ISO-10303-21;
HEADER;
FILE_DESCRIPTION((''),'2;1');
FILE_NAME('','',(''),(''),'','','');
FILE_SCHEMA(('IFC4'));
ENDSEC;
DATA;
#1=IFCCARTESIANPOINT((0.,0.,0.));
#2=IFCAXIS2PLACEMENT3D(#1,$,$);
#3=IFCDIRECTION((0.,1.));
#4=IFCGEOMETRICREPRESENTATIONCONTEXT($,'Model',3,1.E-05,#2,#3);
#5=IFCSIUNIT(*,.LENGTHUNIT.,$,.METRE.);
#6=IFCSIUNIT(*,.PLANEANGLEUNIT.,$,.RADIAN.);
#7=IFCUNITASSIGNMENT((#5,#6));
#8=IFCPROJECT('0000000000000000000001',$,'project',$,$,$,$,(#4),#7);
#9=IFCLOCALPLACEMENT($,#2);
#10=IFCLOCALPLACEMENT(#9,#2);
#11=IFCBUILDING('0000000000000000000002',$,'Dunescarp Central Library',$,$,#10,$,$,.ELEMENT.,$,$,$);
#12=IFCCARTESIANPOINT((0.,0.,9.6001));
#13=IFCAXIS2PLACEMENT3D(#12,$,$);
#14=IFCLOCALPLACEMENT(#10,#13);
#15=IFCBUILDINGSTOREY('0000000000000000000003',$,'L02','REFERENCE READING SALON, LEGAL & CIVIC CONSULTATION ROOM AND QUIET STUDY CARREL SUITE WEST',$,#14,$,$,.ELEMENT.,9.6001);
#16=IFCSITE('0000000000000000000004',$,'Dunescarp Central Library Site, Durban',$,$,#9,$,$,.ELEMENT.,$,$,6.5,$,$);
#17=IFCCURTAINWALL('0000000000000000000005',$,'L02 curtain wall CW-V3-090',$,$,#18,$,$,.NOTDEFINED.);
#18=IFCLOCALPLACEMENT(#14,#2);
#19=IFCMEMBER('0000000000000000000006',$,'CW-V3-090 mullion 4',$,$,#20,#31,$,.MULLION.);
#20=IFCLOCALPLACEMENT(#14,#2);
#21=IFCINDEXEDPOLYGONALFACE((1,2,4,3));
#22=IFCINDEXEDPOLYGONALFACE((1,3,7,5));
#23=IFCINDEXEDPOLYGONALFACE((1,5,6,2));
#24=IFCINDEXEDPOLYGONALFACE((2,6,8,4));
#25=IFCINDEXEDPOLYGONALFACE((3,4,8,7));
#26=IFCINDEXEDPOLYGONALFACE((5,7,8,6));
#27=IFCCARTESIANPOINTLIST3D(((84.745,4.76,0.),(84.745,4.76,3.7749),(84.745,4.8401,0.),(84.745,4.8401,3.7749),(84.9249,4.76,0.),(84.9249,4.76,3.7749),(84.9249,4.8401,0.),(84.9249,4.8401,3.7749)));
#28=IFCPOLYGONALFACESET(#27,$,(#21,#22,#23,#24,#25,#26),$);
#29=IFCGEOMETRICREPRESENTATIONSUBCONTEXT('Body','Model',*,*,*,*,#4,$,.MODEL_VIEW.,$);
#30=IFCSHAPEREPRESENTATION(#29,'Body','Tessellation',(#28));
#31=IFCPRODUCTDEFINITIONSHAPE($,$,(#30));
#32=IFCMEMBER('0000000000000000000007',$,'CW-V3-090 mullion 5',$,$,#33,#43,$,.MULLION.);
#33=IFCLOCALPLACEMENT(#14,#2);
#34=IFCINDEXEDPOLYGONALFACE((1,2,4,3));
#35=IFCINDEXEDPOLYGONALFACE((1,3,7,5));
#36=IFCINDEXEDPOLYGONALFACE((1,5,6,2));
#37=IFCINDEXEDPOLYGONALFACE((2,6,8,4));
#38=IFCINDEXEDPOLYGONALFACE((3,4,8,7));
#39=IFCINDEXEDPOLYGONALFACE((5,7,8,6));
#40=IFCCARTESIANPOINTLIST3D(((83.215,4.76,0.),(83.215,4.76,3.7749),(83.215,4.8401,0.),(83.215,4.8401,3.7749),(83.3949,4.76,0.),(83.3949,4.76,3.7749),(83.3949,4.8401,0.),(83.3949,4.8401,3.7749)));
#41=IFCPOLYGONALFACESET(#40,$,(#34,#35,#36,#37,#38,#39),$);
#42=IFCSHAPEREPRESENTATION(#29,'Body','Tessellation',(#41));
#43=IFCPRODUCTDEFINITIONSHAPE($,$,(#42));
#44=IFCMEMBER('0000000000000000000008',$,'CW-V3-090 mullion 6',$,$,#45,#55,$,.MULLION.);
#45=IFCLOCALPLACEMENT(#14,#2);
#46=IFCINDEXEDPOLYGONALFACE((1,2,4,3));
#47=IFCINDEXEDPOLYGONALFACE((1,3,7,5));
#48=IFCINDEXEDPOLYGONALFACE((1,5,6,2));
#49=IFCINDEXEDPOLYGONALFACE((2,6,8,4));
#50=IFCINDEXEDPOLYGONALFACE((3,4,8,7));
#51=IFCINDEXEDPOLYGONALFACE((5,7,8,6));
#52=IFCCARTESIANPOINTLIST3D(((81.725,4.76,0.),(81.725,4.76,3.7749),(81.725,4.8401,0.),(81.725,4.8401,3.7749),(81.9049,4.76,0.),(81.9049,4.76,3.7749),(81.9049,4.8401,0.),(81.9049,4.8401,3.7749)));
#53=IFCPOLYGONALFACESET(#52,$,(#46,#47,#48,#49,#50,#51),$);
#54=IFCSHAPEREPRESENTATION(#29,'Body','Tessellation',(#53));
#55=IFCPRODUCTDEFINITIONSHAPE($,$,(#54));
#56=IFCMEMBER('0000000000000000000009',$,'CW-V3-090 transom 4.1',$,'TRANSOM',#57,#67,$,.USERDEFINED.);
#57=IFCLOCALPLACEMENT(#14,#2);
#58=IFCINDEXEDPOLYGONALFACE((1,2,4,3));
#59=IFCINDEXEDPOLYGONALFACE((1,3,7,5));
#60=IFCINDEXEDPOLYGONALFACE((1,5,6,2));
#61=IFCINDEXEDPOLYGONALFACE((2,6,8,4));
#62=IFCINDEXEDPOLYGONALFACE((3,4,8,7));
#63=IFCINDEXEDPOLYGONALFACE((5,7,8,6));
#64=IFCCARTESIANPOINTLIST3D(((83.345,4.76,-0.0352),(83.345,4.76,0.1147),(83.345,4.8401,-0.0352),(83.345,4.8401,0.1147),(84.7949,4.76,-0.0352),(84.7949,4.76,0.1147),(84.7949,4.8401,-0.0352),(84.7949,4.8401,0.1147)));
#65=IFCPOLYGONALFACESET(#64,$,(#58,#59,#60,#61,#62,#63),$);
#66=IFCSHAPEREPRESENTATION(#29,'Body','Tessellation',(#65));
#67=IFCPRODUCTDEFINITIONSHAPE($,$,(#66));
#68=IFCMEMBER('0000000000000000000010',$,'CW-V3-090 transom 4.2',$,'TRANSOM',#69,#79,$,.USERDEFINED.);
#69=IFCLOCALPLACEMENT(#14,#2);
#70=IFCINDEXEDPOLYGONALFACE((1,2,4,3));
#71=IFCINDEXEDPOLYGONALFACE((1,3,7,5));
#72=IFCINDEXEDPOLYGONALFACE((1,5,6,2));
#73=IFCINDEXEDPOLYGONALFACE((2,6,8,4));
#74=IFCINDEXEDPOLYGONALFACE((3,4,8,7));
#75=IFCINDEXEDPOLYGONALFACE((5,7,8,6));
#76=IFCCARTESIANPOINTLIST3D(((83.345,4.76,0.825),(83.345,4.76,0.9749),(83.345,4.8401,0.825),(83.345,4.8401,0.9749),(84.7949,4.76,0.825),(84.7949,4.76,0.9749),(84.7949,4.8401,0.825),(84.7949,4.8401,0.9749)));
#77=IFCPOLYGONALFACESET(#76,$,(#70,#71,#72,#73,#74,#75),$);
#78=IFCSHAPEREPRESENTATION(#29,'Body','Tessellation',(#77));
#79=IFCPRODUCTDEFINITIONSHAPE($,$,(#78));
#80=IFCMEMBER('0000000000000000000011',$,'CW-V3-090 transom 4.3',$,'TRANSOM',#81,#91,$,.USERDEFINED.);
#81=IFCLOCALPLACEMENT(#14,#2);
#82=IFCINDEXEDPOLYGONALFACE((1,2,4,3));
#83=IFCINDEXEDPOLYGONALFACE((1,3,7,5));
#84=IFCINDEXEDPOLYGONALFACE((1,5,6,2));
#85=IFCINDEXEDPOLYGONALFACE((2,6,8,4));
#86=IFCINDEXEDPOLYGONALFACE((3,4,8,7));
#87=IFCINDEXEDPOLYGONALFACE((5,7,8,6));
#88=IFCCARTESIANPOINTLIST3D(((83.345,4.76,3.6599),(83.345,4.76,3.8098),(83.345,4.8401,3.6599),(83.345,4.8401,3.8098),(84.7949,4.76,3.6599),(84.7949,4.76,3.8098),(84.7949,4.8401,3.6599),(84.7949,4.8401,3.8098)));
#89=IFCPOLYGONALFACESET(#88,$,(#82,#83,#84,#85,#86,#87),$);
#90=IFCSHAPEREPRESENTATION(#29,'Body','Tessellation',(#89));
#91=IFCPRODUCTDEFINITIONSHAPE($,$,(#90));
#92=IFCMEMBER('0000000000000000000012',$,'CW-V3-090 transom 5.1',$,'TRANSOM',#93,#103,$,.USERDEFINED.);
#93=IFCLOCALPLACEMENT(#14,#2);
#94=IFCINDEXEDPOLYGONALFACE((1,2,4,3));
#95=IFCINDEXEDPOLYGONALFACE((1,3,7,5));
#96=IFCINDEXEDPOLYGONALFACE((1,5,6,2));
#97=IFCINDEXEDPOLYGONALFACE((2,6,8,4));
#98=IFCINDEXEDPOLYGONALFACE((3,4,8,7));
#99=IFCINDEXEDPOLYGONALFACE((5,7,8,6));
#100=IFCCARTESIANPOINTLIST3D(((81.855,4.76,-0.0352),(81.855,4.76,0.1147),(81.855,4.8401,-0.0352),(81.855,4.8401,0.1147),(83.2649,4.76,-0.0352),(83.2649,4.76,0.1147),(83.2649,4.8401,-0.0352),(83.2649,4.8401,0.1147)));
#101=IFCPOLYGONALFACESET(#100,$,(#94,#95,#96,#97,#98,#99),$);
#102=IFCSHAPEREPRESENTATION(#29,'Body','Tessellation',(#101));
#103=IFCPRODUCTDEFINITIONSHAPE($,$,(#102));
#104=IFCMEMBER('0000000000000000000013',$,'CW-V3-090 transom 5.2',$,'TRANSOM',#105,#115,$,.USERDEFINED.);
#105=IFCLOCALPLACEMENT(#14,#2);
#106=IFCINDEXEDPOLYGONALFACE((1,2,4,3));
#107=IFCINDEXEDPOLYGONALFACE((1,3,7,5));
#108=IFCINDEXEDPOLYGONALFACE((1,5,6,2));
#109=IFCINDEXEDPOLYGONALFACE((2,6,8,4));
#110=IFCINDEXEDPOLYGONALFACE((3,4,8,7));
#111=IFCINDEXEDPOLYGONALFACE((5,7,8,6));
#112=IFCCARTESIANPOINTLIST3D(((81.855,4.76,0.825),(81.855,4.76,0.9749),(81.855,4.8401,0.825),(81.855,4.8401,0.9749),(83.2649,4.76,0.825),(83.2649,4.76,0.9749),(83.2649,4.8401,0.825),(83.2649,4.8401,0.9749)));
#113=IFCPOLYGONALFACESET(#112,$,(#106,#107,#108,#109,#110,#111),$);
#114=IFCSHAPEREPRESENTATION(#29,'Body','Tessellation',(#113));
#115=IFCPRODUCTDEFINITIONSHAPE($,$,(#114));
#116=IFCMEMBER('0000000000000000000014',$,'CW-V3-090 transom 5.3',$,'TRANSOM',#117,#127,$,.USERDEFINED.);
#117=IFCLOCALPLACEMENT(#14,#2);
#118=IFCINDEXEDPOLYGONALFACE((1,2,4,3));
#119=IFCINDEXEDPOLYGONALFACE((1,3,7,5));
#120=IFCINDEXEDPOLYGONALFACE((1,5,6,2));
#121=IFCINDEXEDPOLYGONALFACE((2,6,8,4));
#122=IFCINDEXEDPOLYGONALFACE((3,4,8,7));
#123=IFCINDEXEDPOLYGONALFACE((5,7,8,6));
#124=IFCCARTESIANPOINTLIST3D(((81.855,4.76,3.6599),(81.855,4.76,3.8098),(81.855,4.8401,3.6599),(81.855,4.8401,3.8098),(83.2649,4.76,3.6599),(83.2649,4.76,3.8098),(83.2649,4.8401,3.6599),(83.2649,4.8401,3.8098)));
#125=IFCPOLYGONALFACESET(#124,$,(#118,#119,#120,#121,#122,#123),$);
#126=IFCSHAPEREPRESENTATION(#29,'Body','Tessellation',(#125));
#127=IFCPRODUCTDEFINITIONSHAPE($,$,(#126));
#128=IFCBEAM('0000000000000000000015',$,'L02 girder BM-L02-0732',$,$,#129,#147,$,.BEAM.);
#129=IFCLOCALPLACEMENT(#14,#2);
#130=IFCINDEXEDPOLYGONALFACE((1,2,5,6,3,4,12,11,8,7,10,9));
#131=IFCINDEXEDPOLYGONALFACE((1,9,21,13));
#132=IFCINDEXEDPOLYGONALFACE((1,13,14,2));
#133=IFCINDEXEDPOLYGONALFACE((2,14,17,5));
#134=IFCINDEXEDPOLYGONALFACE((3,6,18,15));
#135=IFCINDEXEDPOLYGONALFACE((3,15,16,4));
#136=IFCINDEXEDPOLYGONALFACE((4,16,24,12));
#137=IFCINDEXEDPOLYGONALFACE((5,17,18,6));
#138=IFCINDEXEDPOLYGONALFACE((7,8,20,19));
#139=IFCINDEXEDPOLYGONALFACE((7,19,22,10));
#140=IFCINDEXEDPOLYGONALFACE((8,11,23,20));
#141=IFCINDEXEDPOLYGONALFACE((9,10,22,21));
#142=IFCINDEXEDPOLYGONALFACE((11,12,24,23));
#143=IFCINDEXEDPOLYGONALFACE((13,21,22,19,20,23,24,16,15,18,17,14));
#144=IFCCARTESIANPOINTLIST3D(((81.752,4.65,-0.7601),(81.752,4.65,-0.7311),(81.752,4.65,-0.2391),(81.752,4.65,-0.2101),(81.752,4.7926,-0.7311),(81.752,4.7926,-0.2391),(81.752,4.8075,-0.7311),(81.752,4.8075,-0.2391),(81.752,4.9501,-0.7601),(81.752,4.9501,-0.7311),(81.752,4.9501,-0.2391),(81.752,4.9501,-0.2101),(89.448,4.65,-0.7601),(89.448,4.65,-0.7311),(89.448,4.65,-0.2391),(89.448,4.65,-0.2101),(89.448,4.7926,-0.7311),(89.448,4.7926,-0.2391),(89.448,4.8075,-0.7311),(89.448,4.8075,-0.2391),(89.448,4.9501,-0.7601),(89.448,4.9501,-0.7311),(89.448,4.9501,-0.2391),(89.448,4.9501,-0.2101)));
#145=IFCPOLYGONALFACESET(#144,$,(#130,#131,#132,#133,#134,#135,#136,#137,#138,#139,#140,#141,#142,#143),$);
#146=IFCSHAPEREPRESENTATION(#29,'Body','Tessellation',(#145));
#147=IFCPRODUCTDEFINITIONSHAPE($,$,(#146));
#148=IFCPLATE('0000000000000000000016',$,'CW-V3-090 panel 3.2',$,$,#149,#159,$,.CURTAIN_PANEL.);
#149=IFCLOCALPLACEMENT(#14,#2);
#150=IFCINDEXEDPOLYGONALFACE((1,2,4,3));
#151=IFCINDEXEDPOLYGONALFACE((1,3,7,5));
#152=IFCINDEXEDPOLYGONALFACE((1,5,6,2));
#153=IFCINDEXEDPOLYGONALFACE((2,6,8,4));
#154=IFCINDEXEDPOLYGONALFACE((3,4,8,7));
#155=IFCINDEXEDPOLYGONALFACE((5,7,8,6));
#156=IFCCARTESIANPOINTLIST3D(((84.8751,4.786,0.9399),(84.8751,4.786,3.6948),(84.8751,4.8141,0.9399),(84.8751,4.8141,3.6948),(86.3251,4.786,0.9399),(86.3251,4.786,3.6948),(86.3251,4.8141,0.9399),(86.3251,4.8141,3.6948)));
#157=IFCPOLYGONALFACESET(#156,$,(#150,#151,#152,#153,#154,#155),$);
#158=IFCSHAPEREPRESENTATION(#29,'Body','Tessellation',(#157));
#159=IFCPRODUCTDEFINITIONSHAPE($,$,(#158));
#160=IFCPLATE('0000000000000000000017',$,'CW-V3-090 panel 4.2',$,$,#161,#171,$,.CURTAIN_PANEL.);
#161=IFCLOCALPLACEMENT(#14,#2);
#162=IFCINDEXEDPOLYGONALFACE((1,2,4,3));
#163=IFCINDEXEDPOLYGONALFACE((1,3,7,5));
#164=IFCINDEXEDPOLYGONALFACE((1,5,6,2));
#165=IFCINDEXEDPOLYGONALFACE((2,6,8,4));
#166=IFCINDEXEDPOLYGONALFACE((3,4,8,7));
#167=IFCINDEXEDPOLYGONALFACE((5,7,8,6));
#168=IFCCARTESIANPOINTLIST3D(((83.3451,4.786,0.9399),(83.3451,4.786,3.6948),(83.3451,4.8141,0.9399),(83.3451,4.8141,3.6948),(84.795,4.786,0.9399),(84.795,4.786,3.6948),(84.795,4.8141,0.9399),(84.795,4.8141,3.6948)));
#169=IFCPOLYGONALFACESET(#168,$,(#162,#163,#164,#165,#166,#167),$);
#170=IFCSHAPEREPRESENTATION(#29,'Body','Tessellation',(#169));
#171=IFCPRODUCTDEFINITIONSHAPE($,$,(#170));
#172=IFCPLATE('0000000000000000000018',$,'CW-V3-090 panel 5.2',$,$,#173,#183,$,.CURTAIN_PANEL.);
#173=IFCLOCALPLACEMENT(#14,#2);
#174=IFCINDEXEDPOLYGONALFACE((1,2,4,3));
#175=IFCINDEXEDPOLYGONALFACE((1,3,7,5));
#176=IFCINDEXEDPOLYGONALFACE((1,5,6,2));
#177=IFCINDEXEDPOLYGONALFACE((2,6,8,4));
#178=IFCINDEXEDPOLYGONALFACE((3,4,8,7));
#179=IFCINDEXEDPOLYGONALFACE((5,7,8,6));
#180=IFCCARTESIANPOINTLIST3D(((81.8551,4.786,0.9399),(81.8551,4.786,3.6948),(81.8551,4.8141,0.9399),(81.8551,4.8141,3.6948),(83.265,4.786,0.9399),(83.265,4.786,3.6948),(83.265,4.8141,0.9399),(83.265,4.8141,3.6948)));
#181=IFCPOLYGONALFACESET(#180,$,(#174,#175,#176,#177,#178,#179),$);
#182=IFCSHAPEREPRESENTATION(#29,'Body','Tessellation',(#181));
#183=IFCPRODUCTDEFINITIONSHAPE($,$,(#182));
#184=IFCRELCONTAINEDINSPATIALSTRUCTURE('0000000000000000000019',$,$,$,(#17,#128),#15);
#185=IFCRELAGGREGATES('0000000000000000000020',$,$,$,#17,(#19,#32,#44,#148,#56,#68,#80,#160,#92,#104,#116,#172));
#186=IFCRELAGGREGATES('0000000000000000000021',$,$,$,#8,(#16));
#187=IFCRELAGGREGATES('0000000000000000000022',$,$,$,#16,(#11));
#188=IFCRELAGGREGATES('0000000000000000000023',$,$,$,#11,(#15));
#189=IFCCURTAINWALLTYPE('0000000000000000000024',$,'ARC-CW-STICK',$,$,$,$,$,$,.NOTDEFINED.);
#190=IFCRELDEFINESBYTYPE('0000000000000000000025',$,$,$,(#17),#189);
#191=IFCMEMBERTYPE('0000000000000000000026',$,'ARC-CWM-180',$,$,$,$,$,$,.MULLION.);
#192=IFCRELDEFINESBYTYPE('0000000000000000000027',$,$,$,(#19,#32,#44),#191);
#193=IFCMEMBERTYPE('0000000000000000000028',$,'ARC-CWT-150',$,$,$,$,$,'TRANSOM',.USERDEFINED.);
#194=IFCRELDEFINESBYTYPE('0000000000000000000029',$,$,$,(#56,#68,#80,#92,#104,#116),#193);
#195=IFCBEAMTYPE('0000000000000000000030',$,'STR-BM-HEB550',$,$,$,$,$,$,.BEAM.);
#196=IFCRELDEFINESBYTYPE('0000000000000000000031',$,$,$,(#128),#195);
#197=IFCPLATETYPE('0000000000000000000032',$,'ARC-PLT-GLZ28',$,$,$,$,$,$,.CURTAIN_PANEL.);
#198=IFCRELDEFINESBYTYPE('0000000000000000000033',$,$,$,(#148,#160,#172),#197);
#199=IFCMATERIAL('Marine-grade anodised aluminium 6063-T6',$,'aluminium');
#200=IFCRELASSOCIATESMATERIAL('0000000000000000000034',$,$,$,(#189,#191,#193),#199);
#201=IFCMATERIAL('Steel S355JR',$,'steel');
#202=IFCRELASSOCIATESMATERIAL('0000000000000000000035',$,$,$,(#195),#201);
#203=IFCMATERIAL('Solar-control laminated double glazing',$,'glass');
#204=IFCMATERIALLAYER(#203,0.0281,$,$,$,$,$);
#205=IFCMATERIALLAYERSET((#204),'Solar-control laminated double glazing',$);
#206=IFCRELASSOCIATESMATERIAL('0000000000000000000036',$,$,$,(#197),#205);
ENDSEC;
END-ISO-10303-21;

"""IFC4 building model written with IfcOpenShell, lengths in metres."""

from ifc_helpers import new_model, si_unit, direction, frame, origin, origin_2d, place, context, subcontext, project, spatial, rectangle, i_section, extrude, material, layer, layer_set, material_profile, profile_set, type_object, element, aggregate, save


model = new_model("IFC4")

# Units and contexts
model_context = context("Model", 3, precision=1e-05, world=origin(), true_north=direction((0.0, 1.0)))
body_context = subcontext(model_context, "Body", "Model", "MODEL_VIEW")
ifc_project = project(units=[si_unit("LENGTHUNIT", "METRE"), si_unit("PLANEANGLEUNIT", "RADIAN")], contexts=[model_context])

# Site, building, storey
site_placement = place(None, origin())
site = spatial("IfcSite", under=ifc_project, at=site_placement, Name="Dunescarp Central Library Site, Durban", CompositionType="ELEMENT", RefElevation=6.5)
building_placement = place(site_placement, origin())
building = spatial("IfcBuilding", under=site, at=building_placement, Name="Dunescarp Central Library", CompositionType="ELEMENT")
storey_placement = place(building_placement, frame((0.0, 0.0, 9.6001)))
storey = spatial("IfcBuildingStorey", under=building, at=storey_placement, Name="L02", Description="REFERENCE READING SALON, LEGAL & CIVIC CONSULTATION ROOM AND QUIET STUDY CARREL SUITE WEST", CompositionType="ELEMENT", Elevation=9.6001)

# Curtain wall, members
ifc_material_1 = material(Name="Marine-grade anodised aluminium 6063-T6", Category="aluminium")
curtain_wall_type = type_object("IfcCurtainWallType", Name="ARC-CW-STICK", PredefinedType="NOTDEFINED", material=ifc_material_1)
curtain_wall_placement = place(storey_placement, origin())
curtain_wall = element("IfcCurtainWall", 1, at=curtain_wall_placement, inside=storey, type_object=curtain_wall_type, Name="L02 curtain wall CW-V3-090", PredefinedType="NOTDEFINED")
ifc_material_profile_1 = material_profile(ifc_material_1, rectangle(XDim=0.0801, YDim=0.1799, at=origin_2d()), Name="AL 80x180")
ifc_profile_set_1 = profile_set([ifc_material_profile_1], Name="Marine-grade anodised aluminium 6063-T6")
member_type_1 = type_object("IfcMemberType", Name="ARC-CWM-180", PredefinedType="MULLION", material=ifc_profile_set_1)
member_1_placement = place(storey_placement, frame((84.835, 4.8, 0.0), z_axis=(0.0, 0.0, 1.0), x_axis=(0.0, -1.0, 0.0)))
member_1 = element("IfcMember", 2, at=member_1_placement, type_object=member_type_1, Name="CW-V3-090 mullion 4", PredefinedType="MULLION", context=body_context, shape_type="SweptSolid", body=[
    extrude(rectangle(XDim=0.0801, YDim=0.1799, at=origin_2d()), origin(), (0.0, 0.0, 1.0), 3.7749),
])
member_2_placement = place(storey_placement, frame((83.3049, 4.8, 0.0), z_axis=(0.0, 0.0, 1.0), x_axis=(0.0, -1.0, 0.0)))
member_2 = element("IfcMember", 3, at=member_2_placement, type_object=member_type_1, Name="CW-V3-090 mullion 5", PredefinedType="MULLION", context=body_context, shape_type="SweptSolid", body=[
    extrude(rectangle(XDim=0.0801, YDim=0.1799, at=origin_2d()), origin(), (0.0, 0.0, 1.0), 3.7749),
])
member_3_placement = place(storey_placement, frame((81.8149, 4.8, 0.0), z_axis=(0.0, 0.0, 1.0), x_axis=(0.0, -1.0, 0.0)))
member_3 = element("IfcMember", 4, at=member_3_placement, type_object=member_type_1, Name="CW-V3-090 mullion 6", PredefinedType="MULLION", context=body_context, shape_type="SweptSolid", body=[
    extrude(rectangle(XDim=0.0801, YDim=0.1799, at=origin_2d()), origin(), (0.0, 0.0, 1.0), 3.7749),
])
ifc_material_profile_2 = material_profile(ifc_material_1, rectangle(XDim=0.0801, YDim=0.1499, at=origin_2d()), Name="AL 80x150")
ifc_profile_set_2 = profile_set([ifc_material_profile_2], Name="Marine-grade anodised aluminium 6063-T6")
member_type_2 = type_object("IfcMemberType", Name="ARC-CWT-150", ElementType="TRANSOM", PredefinedType="USERDEFINED", material=ifc_profile_set_2)
member_4_placement = place(storey_placement, frame((84.7949, 4.8, 0.0398), z_axis=(-1.0, 0.0, 0.0), x_axis=(0.0, -1.0, 0.0)))
member_4 = element("IfcMember", 5, at=member_4_placement, type_object=member_type_2, Name="CW-V3-090 transom 4.1", ObjectType="TRANSOM", PredefinedType="USERDEFINED", context=body_context, shape_type="SweptSolid", body=[
    extrude(rectangle(XDim=0.0801, YDim=0.1499, at=origin_2d()), origin(), (0.0, 0.0, 1.0), 1.45),
])
member_5_placement = place(storey_placement, frame((84.7949, 4.8, 0.8999), z_axis=(-1.0, 0.0, 0.0), x_axis=(0.0, -1.0, 0.0)))
member_5 = element("IfcMember", 6, at=member_5_placement, type_object=member_type_2, Name="CW-V3-090 transom 4.2", ObjectType="TRANSOM", PredefinedType="USERDEFINED", context=body_context, shape_type="SweptSolid", body=[
    extrude(rectangle(XDim=0.0801, YDim=0.1499, at=origin_2d()), origin(), (0.0, 0.0, 1.0), 1.45),
])
member_6_placement = place(storey_placement, frame((84.7949, 4.8, 3.7349), z_axis=(-1.0, 0.0, 0.0), x_axis=(0.0, -1.0, 0.0)))
member_6 = element("IfcMember", 7, at=member_6_placement, type_object=member_type_2, Name="CW-V3-090 transom 4.3", ObjectType="TRANSOM", PredefinedType="USERDEFINED", context=body_context, shape_type="SweptSolid", body=[
    extrude(rectangle(XDim=0.0801, YDim=0.1499, at=origin_2d()), origin(), (0.0, 0.0, 1.0), 1.45),
])
member_7_placement = place(storey_placement, frame((83.2649, 4.8, 0.0398), z_axis=(-1.0, 0.0, 0.0), x_axis=(0.0, -1.0, 0.0)))
member_7 = element("IfcMember", 8, at=member_7_placement, type_object=member_type_2, Name="CW-V3-090 transom 5.1", ObjectType="TRANSOM", PredefinedType="USERDEFINED", context=body_context, shape_type="SweptSolid", body=[
    extrude(rectangle(XDim=0.0801, YDim=0.1499, at=origin_2d()), origin(), (0.0, 0.0, 1.0), 1.4099),
])
member_8_placement = place(storey_placement, frame((83.2649, 4.8, 0.8999), z_axis=(-1.0, 0.0, 0.0), x_axis=(0.0, -1.0, 0.0)))
member_8 = element("IfcMember", 9, at=member_8_placement, type_object=member_type_2, Name="CW-V3-090 transom 5.2", ObjectType="TRANSOM", PredefinedType="USERDEFINED", context=body_context, shape_type="SweptSolid", body=[
    extrude(rectangle(XDim=0.0801, YDim=0.1499, at=origin_2d()), origin(), (0.0, 0.0, 1.0), 1.4099),
])
member_9_placement = place(storey_placement, frame((83.2649, 4.8, 3.7349), z_axis=(-1.0, 0.0, 0.0), x_axis=(0.0, -1.0, 0.0)))
member_9 = element("IfcMember", 10, at=member_9_placement, type_object=member_type_2, Name="CW-V3-090 transom 5.3", ObjectType="TRANSOM", PredefinedType="USERDEFINED", context=body_context, shape_type="SweptSolid", body=[
    extrude(rectangle(XDim=0.0801, YDim=0.1499, at=origin_2d()), origin(), (0.0, 0.0, 1.0), 1.4099),
])

# Beam
ifc_material_2 = material(Name="Steel S355JR", Category="steel")
ifc_material_profile_3 = material_profile(ifc_material_2, i_section(OverallWidth=0.3, OverallDepth=0.55, WebThickness=0.0149, FlangeThickness=0.0291, at=origin_2d()), Name="HEB 550")
ifc_profile_set_3 = profile_set([ifc_material_profile_3], Name="Steel S355JR")
beam_type = type_object("IfcBeamType", Name="STR-BM-HEB550", PredefinedType="BEAM", material=ifc_profile_set_3)
beam_placement = place(storey_placement, frame((81.752, 4.8, -0.4851), z_axis=(1.0, 0.0, 0.0), x_axis=(0.0, 1.0, 0.0)))
element("IfcBeam", 11, at=beam_placement, inside=storey, type_object=beam_type, Name="L02 girder BM-L02-0732", PredefinedType="BEAM", context=body_context, shape_type="SweptSolid", body=[
    extrude(i_section(OverallWidth=0.3, OverallDepth=0.55, WebThickness=0.0149, FlangeThickness=0.0291, at=origin_2d()), origin(), (0.0, 0.0, 1.0), 7.696),
])

# Plates
ifc_material_3 = material(Name="Solar-control laminated double glazing", Category="glass")
ifc_layer_1 = layer(ifc_material_3, 0.0281)
ifc_layer_set_1 = layer_set([ifc_layer_1], Name="Solar-control laminated double glazing")
plate_type_1 = type_object("IfcPlateType", Name="ARC-PLT-GLZ28", PredefinedType="CURTAIN_PANEL", material=ifc_layer_set_1)
plate_1_placement = place(storey_placement, frame((85.6001, 4.8, 0.9399), z_axis=(0.0, 0.0, 1.0), x_axis=(-1.0, 0.0, 0.0)))
plate_1 = element("IfcPlate", 12, at=plate_1_placement, type_object=plate_type_1, Name="CW-V3-090 panel 3.2", PredefinedType="CURTAIN_PANEL", context=body_context, shape_type="SweptSolid", body=[
    extrude(rectangle(XDim=1.45, YDim=0.0281, at=origin_2d()), origin(), (0.0, 0.0, 1.0), 2.7549),
])
plate_2_placement = place(storey_placement, frame((84.0701, 4.8, 0.9399), z_axis=(0.0, 0.0, 1.0), x_axis=(-1.0, 0.0, 0.0)))
plate_2 = element("IfcPlate", 13, at=plate_2_placement, type_object=plate_type_1, Name="CW-V3-090 panel 4.2", PredefinedType="CURTAIN_PANEL", context=body_context, shape_type="SweptSolid", body=[
    extrude(rectangle(XDim=1.45, YDim=0.0281, at=origin_2d()), origin(), (0.0, 0.0, 1.0), 2.7549),
])
plate_3_placement = place(storey_placement, frame((82.5601, 4.8, 0.9399), z_axis=(0.0, 0.0, 1.0), x_axis=(-1.0, 0.0, 0.0)))
plate_3 = element("IfcPlate", 14, at=plate_3_placement, type_object=plate_type_1, Name="CW-V3-090 panel 5.2", PredefinedType="CURTAIN_PANEL", context=body_context, shape_type="SweptSolid", body=[
    extrude(rectangle(XDim=1.4099, YDim=0.0281, at=origin_2d()), origin(), (0.0, 0.0, 1.0), 2.7549),
])
aggregate(curtain_wall, [member_1, member_2, member_3, plate_1, member_4, member_5, member_6, plate_2, member_7, member_8, member_9, plate_3])

save(model, "model.ifc")
